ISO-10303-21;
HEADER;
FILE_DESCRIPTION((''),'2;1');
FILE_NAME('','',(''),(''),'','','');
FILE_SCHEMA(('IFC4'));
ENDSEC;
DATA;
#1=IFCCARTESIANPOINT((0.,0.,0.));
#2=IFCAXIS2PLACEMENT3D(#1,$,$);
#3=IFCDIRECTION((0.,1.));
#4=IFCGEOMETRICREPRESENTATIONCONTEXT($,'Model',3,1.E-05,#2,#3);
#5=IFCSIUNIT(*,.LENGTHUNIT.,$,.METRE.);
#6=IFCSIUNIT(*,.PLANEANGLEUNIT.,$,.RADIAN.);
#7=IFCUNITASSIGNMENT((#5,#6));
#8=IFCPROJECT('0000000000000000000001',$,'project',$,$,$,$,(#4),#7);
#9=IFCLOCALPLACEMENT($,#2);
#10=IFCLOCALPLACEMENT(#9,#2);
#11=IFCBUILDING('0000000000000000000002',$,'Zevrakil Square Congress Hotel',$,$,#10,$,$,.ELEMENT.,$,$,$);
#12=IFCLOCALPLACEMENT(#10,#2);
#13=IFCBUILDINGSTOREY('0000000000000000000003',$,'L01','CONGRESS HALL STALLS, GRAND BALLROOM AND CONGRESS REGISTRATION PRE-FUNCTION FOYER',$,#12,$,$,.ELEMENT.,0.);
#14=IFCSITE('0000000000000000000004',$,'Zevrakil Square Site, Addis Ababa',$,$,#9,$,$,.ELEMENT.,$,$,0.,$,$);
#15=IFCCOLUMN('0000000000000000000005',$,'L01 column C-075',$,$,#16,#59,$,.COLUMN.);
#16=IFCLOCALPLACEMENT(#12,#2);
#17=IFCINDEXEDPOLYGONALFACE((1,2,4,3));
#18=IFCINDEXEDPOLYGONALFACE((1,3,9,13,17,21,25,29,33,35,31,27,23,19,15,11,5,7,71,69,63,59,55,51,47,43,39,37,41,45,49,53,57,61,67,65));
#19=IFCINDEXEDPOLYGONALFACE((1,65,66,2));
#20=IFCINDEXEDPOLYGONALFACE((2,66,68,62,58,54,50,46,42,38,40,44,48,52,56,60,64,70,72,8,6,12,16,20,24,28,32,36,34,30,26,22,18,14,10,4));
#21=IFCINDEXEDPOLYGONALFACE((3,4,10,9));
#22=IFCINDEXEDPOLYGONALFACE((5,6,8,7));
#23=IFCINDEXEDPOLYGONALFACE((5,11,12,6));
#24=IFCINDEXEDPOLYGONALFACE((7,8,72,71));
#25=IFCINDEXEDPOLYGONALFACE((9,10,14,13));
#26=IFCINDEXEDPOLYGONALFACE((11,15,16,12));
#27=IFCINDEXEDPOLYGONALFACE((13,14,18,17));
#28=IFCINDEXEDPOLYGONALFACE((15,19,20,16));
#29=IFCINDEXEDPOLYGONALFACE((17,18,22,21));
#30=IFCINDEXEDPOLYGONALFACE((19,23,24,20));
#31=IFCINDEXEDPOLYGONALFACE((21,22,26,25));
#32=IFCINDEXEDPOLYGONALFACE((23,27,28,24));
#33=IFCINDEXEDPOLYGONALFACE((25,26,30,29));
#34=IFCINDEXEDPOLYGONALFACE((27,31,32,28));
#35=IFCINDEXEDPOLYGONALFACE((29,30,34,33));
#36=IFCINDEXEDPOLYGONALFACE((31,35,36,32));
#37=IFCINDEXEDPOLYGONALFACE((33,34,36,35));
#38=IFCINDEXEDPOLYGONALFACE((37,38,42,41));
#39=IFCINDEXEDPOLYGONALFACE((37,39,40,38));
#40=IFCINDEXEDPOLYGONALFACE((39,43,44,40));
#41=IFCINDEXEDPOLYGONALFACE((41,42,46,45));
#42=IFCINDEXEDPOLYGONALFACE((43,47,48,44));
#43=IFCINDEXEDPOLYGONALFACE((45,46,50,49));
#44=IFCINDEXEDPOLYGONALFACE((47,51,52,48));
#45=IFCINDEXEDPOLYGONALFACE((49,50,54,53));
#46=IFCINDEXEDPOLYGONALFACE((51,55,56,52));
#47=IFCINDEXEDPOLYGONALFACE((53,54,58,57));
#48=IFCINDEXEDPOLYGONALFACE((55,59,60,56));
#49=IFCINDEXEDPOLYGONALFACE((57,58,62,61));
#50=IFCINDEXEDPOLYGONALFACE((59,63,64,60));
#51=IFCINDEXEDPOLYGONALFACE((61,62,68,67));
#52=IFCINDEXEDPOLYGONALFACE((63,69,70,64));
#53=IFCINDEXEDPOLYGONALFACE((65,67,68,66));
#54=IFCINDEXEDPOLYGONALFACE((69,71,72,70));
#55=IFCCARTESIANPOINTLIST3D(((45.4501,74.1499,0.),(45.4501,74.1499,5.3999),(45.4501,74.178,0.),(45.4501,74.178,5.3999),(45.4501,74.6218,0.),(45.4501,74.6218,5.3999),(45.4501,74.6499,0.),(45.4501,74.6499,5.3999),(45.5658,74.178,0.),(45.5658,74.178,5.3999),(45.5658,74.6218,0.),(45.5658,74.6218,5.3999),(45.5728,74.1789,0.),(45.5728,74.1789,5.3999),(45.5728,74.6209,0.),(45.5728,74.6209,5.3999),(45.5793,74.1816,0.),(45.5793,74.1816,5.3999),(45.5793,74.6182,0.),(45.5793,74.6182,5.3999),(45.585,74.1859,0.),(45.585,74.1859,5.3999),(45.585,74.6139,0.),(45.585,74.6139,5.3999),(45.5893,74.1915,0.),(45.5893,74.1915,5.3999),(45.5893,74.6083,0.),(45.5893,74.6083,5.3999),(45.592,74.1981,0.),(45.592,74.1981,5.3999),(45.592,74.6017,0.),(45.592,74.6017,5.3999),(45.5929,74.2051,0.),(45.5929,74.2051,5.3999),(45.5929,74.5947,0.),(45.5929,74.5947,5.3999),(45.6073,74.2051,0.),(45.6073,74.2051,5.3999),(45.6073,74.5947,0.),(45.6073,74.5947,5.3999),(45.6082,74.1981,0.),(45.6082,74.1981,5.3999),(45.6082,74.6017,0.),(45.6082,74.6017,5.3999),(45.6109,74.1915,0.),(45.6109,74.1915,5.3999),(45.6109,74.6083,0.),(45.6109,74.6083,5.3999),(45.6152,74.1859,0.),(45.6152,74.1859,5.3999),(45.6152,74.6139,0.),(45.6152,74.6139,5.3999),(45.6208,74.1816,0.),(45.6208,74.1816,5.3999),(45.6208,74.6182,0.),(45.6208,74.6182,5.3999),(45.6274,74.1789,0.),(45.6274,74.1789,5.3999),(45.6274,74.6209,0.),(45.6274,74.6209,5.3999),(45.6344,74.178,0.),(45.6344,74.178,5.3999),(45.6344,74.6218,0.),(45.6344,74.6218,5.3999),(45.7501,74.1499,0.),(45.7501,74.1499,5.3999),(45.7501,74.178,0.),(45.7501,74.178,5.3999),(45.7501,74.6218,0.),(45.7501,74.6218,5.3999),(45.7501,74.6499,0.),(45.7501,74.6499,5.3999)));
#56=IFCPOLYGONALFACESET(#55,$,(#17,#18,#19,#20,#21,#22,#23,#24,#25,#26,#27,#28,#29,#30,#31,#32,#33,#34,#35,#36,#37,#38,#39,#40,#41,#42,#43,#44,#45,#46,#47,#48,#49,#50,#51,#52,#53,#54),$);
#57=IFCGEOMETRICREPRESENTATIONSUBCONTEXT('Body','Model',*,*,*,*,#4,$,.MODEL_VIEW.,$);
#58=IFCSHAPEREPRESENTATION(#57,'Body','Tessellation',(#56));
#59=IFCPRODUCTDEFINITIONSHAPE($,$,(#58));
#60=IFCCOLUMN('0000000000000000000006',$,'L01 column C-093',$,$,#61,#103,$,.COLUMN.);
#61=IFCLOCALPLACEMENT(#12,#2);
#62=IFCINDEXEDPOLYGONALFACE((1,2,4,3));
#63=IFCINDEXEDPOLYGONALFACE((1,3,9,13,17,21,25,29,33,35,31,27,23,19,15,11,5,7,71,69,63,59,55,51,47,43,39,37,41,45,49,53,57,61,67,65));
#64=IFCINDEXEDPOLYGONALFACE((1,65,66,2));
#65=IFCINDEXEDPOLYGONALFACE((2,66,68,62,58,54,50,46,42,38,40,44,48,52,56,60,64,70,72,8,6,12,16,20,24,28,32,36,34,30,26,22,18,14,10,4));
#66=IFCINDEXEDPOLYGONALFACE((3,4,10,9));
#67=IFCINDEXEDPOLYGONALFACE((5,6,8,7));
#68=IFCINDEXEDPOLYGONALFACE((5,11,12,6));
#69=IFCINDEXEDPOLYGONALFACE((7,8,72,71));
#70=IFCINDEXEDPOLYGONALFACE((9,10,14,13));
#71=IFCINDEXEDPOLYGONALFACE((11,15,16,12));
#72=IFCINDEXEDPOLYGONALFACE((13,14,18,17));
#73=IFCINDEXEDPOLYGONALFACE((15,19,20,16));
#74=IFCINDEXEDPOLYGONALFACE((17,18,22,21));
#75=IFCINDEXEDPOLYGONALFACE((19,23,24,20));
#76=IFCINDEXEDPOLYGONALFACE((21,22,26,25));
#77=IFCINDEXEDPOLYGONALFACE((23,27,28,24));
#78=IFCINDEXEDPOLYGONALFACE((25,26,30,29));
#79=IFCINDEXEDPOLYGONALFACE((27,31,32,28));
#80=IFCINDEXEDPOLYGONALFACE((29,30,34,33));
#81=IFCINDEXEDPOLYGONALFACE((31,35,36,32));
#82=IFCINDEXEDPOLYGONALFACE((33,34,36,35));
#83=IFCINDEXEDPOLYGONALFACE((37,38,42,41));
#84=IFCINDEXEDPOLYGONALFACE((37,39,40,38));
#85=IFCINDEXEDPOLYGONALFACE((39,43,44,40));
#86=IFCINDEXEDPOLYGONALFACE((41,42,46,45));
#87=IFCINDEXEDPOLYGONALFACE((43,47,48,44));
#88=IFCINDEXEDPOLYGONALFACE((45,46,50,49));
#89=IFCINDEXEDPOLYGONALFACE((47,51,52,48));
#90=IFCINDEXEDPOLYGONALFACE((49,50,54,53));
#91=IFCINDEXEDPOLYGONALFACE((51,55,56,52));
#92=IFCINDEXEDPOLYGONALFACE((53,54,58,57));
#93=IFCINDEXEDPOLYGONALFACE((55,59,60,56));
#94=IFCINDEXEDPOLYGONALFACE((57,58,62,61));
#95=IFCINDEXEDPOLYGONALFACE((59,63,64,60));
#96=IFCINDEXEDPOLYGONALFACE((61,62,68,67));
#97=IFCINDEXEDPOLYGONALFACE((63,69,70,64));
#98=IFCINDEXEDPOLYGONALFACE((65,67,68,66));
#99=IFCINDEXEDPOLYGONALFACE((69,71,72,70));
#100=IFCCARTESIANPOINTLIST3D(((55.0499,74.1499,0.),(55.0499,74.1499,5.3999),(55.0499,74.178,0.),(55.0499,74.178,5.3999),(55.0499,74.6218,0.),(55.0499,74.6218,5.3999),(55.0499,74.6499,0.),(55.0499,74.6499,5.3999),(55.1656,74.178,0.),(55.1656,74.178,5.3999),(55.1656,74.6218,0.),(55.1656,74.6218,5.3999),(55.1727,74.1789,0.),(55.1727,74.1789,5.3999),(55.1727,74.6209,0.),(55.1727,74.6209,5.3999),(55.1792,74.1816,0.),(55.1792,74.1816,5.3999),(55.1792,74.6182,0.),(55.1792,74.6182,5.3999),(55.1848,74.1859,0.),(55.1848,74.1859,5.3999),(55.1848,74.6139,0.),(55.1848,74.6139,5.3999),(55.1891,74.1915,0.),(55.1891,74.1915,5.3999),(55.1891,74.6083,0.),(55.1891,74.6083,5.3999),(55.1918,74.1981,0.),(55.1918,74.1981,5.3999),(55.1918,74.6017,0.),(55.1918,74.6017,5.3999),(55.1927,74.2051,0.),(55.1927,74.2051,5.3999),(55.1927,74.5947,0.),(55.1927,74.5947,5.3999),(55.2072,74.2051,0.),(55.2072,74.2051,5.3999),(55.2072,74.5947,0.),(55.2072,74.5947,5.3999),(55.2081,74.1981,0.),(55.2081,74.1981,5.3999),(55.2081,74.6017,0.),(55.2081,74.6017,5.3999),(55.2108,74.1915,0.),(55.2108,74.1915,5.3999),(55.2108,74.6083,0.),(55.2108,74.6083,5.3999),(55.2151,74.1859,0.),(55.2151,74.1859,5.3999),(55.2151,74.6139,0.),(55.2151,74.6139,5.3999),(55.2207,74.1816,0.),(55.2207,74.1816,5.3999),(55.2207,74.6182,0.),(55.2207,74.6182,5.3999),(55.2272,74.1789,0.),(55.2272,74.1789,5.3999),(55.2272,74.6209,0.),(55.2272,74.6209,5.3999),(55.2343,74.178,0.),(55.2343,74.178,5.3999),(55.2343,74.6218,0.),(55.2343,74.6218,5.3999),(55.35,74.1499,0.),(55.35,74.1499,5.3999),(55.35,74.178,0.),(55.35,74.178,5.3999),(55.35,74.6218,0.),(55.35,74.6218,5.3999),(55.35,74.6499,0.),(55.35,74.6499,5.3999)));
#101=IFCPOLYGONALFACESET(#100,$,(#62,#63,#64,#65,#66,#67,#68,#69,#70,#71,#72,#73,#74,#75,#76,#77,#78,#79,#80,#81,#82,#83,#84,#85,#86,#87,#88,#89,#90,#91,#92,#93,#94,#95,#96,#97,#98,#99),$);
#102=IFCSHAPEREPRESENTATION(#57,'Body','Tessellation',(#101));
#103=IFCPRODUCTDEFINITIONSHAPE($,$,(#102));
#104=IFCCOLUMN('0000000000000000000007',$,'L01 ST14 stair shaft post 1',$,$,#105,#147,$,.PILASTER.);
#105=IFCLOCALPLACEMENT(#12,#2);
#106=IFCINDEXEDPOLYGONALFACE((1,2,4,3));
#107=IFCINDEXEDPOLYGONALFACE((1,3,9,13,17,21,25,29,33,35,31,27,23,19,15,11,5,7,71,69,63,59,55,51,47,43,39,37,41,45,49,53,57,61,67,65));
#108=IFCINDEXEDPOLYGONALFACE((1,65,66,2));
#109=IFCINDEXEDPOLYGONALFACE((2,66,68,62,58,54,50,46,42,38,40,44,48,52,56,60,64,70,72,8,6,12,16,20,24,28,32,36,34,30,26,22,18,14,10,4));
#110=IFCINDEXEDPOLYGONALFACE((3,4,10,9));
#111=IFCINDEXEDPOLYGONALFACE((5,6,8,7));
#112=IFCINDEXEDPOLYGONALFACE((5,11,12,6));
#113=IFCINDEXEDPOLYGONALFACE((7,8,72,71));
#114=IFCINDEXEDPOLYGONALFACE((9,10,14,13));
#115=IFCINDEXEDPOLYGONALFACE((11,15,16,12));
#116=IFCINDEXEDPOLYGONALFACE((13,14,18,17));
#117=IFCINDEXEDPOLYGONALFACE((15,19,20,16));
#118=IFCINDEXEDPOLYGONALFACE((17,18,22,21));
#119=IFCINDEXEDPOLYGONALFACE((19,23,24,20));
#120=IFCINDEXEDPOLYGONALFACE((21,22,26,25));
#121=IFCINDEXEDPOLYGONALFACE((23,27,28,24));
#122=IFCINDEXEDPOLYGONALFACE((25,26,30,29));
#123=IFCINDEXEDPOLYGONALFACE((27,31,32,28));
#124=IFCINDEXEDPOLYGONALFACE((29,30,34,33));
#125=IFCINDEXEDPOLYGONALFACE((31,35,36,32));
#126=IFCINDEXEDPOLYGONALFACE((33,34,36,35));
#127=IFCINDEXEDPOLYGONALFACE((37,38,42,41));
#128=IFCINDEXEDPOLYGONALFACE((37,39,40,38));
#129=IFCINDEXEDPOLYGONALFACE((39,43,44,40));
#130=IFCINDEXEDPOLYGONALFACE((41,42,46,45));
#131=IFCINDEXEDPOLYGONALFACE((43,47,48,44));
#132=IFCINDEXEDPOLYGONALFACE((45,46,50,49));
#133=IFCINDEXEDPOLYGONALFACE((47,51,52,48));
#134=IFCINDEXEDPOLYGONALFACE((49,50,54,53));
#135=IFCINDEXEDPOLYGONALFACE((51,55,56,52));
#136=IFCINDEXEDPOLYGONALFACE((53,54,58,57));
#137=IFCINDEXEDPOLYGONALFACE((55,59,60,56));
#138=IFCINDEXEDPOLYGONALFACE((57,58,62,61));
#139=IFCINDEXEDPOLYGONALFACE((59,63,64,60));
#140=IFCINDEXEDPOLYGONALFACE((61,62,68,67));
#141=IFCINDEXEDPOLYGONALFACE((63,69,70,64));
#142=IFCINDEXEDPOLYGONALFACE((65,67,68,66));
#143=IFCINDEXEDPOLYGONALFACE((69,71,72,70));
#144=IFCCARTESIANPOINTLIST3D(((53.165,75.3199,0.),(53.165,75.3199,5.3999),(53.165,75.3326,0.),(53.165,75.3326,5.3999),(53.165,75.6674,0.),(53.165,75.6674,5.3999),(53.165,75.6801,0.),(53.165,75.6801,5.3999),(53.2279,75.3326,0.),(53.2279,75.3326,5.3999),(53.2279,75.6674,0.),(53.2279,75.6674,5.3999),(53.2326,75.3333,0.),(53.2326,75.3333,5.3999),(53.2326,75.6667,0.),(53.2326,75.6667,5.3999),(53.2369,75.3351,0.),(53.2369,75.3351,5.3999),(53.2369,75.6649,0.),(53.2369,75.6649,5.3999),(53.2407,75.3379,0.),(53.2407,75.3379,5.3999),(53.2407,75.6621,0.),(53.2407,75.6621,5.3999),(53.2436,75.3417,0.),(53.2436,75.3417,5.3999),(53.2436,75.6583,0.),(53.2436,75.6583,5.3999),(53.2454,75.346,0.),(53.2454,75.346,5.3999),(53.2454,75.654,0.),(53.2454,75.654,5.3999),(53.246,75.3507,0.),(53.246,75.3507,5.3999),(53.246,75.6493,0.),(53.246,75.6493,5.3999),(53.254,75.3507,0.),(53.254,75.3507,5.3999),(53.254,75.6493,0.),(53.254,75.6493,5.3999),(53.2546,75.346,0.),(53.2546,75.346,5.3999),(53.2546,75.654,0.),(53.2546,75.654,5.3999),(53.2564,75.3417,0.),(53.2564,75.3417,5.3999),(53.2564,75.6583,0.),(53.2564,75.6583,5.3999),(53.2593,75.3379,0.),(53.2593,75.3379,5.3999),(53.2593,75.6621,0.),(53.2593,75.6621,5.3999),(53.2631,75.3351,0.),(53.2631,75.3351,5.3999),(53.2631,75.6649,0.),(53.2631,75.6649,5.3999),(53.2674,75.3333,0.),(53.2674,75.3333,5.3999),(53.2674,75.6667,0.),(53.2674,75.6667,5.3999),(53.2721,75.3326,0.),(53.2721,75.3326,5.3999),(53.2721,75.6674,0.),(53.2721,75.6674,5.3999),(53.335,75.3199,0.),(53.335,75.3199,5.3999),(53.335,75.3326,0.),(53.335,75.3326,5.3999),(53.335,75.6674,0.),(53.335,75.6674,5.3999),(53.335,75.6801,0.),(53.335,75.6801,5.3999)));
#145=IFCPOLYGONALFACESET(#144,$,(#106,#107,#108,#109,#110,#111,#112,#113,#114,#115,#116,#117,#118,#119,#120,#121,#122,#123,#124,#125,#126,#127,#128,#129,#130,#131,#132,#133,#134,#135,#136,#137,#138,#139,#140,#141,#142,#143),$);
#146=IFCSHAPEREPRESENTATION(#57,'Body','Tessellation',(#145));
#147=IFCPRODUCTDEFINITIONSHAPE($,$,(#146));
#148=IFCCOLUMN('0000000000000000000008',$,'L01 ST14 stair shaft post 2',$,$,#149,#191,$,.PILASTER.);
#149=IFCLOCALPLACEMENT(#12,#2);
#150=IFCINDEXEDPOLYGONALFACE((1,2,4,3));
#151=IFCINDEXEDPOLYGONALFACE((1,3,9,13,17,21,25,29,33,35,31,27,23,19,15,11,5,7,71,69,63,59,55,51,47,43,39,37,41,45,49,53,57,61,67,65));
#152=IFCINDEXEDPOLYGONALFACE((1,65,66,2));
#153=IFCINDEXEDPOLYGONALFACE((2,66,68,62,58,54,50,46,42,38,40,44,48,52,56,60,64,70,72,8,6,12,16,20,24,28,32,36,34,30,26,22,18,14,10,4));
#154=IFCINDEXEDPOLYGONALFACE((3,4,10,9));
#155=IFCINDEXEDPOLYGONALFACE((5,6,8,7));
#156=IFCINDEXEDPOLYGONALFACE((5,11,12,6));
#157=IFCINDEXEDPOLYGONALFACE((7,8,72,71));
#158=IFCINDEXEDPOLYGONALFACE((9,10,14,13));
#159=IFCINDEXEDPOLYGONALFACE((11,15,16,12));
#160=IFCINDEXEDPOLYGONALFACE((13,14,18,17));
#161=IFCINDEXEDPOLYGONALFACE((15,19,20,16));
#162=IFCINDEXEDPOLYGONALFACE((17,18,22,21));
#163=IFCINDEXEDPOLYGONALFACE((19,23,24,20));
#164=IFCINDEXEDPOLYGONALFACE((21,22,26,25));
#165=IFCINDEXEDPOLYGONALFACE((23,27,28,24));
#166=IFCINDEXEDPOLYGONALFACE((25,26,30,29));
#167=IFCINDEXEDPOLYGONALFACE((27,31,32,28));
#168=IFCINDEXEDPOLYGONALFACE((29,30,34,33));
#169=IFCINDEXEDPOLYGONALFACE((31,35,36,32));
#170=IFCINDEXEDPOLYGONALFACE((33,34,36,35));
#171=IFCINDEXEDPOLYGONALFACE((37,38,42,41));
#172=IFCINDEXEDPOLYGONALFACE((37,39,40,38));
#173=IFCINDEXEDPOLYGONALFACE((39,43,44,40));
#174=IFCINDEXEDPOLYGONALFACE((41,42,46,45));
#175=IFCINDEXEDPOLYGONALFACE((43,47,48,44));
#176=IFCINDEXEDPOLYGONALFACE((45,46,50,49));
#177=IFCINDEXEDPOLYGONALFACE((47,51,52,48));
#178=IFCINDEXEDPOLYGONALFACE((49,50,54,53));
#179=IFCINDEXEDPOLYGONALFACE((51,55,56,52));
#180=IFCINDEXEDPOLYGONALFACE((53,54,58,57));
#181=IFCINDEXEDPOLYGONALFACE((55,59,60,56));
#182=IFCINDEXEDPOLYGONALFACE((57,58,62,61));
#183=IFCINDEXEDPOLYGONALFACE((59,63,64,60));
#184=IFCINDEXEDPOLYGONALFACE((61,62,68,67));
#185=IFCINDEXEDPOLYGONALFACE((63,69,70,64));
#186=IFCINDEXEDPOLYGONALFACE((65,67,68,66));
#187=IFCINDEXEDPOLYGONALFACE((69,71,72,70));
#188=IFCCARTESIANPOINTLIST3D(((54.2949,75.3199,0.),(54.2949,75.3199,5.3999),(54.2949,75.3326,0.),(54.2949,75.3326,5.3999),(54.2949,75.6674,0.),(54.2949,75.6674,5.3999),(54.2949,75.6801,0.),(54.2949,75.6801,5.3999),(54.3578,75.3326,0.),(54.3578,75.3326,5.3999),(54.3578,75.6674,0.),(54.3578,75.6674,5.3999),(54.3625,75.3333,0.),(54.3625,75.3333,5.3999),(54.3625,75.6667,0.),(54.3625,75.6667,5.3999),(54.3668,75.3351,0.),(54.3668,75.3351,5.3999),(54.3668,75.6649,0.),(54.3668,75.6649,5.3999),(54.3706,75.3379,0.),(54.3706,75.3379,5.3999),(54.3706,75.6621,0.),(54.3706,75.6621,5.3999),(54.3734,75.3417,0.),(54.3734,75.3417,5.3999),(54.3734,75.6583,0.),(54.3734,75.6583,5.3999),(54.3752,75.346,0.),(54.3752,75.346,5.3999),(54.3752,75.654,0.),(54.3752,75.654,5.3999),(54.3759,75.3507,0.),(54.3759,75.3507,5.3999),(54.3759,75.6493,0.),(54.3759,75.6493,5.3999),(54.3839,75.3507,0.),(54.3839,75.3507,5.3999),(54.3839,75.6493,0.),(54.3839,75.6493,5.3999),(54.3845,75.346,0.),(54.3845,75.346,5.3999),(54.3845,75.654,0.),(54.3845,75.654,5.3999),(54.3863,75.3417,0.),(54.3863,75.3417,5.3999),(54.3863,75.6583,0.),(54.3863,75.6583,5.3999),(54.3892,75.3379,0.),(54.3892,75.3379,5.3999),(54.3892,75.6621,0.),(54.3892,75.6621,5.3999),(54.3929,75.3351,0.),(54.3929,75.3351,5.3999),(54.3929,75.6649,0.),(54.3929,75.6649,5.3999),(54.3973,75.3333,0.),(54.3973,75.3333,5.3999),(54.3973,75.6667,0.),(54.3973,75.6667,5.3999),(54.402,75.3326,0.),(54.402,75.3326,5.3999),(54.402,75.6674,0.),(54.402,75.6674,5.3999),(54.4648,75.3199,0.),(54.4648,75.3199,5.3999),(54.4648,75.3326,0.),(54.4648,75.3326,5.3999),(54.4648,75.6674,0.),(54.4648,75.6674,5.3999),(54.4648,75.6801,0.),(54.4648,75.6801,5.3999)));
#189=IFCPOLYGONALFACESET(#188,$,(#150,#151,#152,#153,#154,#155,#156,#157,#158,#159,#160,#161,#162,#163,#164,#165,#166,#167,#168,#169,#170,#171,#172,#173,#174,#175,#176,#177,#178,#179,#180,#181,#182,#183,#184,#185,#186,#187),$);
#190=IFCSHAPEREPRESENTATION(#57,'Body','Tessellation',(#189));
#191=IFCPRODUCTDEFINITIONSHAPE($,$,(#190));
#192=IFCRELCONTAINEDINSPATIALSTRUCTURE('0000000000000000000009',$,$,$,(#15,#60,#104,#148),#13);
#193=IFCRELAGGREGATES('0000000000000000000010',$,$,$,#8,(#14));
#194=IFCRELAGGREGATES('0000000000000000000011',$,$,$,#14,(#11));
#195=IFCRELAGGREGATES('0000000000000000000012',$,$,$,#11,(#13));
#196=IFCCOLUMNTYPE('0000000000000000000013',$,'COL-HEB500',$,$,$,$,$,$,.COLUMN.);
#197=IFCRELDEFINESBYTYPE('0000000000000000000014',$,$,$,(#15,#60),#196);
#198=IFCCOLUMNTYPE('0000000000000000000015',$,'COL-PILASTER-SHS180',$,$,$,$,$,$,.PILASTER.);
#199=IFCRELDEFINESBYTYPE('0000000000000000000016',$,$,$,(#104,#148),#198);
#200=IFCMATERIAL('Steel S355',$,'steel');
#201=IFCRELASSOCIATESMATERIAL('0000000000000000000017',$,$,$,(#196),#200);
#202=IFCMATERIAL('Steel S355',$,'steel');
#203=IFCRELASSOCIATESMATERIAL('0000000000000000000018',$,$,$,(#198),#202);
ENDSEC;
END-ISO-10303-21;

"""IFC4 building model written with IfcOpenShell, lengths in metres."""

from ifc_helpers import new_model, si_unit, direction, frame, origin, origin_2d, place, context, subcontext, project, spatial, i_section, extrude, material, material_profile, profile_set, type_object, element, save


model = new_model("IFC4")

# Units and contexts
model_context = context("Model", 3, precision=1e-05, world=origin(), true_north=direction((0.0, 1.0)))
body_context = subcontext(model_context, "Body", "Model", "MODEL_VIEW")
ifc_project = project(units=[si_unit("LENGTHUNIT", "METRE"), si_unit("PLANEANGLEUNIT", "RADIAN")], contexts=[model_context])

# Site, building, storey
site_placement = place(None, origin())
site = spatial("IfcSite", under=ifc_project, at=site_placement, Name="Zevrakil Square Site, Addis Ababa", CompositionType="ELEMENT", RefElevation=0.0)
building_placement = place(site_placement, origin())
building = spatial("IfcBuilding", under=site, at=building_placement, Name="Zevrakil Square Congress Hotel", CompositionType="ELEMENT")
storey_placement = place(building_placement, origin())
storey = spatial("IfcBuildingStorey", under=building, at=storey_placement, Name="L01", Description="CONGRESS HALL STALLS, GRAND BALLROOM AND CONGRESS REGISTRATION PRE-FUNCTION FOYER", CompositionType="ELEMENT", Elevation=0.0)

# Columns
ifc_material_1 = material(Name="Steel S355", Category="steel")
ifc_material_profile_1 = material_profile(ifc_material_1, i_section(OverallWidth=0.3, OverallDepth=0.5, WebThickness=0.0144, FlangeThickness=0.0281, FilletRadius=0.0271, at=origin_2d()), Name="HEB 500")
ifc_profile_set_1 = profile_set([ifc_material_profile_1], Name="Steel S355")
column_type_1 = type_object("IfcColumnType", Name="COL-HEB500", PredefinedType="COLUMN", material=ifc_profile_set_1)
for number, where, z_axis, x_axis, name in (
    (1, (45.6001, 74.3999, 0.0), (0.0, 0.0, 1.0), (1.0, 0.0, 0.0), "L01 column C-075"),
    (2, (55.2, 74.3999, 0.0), (0.0, 0.0, 1.0), (1.0, 0.0, 0.0), "L01 column C-093"),
):
    element("IfcColumn", number, at=place(storey_placement, frame(where, z_axis=z_axis, x_axis=x_axis)), inside=storey, type_object=column_type_1, Name=name, PredefinedType="COLUMN", context=body_context, shape_type="SweptSolid", body=[
        extrude(i_section(OverallWidth=0.3, OverallDepth=0.5, WebThickness=0.0144, FlangeThickness=0.0281, FilletRadius=0.0271, at=origin_2d()), origin(), (0.0, 0.0, 1.0), 5.3999),
    ])
ifc_material_2 = material(Name="Steel S355", Category="steel")
ifc_material_profile_2 = material_profile(ifc_material_2, i_section(OverallWidth=0.1699, OverallDepth=0.3601, WebThickness=0.0081, FlangeThickness=0.0127, FilletRadius=0.0181, at=origin_2d()), Name="IPE 360")
ifc_profile_set_2 = profile_set([ifc_material_profile_2], Name="Steel S355")
column_type_2 = type_object("IfcColumnType", Name="COL-PILASTER-SHS180", PredefinedType="PILASTER", material=ifc_profile_set_2)
for number, where, z_axis, x_axis, name in (
    (3, (53.25, 75.5, 0.0), (0.0, 0.0, 1.0), (1.0, 0.0, 0.0), "L01 ST14 stair shaft post 1"),
    (4, (54.3799, 75.5, 0.0), (0.0, 0.0, 1.0), (1.0, 0.0, 0.0), "L01 ST14 stair shaft post 2"),
):
    element("IfcColumn", number, at=place(storey_placement, frame(where, z_axis=z_axis, x_axis=x_axis)), inside=storey, type_object=column_type_2, Name=name, PredefinedType="PILASTER", context=body_context, shape_type="SweptSolid", body=[
        extrude(i_section(OverallWidth=0.1699, OverallDepth=0.3601, WebThickness=0.0081, FlangeThickness=0.0127, FilletRadius=0.0181, at=origin_2d()), origin(), (0.0, 0.0, 1.0), 5.3999),
    ])

save(model, "model.ifc")
